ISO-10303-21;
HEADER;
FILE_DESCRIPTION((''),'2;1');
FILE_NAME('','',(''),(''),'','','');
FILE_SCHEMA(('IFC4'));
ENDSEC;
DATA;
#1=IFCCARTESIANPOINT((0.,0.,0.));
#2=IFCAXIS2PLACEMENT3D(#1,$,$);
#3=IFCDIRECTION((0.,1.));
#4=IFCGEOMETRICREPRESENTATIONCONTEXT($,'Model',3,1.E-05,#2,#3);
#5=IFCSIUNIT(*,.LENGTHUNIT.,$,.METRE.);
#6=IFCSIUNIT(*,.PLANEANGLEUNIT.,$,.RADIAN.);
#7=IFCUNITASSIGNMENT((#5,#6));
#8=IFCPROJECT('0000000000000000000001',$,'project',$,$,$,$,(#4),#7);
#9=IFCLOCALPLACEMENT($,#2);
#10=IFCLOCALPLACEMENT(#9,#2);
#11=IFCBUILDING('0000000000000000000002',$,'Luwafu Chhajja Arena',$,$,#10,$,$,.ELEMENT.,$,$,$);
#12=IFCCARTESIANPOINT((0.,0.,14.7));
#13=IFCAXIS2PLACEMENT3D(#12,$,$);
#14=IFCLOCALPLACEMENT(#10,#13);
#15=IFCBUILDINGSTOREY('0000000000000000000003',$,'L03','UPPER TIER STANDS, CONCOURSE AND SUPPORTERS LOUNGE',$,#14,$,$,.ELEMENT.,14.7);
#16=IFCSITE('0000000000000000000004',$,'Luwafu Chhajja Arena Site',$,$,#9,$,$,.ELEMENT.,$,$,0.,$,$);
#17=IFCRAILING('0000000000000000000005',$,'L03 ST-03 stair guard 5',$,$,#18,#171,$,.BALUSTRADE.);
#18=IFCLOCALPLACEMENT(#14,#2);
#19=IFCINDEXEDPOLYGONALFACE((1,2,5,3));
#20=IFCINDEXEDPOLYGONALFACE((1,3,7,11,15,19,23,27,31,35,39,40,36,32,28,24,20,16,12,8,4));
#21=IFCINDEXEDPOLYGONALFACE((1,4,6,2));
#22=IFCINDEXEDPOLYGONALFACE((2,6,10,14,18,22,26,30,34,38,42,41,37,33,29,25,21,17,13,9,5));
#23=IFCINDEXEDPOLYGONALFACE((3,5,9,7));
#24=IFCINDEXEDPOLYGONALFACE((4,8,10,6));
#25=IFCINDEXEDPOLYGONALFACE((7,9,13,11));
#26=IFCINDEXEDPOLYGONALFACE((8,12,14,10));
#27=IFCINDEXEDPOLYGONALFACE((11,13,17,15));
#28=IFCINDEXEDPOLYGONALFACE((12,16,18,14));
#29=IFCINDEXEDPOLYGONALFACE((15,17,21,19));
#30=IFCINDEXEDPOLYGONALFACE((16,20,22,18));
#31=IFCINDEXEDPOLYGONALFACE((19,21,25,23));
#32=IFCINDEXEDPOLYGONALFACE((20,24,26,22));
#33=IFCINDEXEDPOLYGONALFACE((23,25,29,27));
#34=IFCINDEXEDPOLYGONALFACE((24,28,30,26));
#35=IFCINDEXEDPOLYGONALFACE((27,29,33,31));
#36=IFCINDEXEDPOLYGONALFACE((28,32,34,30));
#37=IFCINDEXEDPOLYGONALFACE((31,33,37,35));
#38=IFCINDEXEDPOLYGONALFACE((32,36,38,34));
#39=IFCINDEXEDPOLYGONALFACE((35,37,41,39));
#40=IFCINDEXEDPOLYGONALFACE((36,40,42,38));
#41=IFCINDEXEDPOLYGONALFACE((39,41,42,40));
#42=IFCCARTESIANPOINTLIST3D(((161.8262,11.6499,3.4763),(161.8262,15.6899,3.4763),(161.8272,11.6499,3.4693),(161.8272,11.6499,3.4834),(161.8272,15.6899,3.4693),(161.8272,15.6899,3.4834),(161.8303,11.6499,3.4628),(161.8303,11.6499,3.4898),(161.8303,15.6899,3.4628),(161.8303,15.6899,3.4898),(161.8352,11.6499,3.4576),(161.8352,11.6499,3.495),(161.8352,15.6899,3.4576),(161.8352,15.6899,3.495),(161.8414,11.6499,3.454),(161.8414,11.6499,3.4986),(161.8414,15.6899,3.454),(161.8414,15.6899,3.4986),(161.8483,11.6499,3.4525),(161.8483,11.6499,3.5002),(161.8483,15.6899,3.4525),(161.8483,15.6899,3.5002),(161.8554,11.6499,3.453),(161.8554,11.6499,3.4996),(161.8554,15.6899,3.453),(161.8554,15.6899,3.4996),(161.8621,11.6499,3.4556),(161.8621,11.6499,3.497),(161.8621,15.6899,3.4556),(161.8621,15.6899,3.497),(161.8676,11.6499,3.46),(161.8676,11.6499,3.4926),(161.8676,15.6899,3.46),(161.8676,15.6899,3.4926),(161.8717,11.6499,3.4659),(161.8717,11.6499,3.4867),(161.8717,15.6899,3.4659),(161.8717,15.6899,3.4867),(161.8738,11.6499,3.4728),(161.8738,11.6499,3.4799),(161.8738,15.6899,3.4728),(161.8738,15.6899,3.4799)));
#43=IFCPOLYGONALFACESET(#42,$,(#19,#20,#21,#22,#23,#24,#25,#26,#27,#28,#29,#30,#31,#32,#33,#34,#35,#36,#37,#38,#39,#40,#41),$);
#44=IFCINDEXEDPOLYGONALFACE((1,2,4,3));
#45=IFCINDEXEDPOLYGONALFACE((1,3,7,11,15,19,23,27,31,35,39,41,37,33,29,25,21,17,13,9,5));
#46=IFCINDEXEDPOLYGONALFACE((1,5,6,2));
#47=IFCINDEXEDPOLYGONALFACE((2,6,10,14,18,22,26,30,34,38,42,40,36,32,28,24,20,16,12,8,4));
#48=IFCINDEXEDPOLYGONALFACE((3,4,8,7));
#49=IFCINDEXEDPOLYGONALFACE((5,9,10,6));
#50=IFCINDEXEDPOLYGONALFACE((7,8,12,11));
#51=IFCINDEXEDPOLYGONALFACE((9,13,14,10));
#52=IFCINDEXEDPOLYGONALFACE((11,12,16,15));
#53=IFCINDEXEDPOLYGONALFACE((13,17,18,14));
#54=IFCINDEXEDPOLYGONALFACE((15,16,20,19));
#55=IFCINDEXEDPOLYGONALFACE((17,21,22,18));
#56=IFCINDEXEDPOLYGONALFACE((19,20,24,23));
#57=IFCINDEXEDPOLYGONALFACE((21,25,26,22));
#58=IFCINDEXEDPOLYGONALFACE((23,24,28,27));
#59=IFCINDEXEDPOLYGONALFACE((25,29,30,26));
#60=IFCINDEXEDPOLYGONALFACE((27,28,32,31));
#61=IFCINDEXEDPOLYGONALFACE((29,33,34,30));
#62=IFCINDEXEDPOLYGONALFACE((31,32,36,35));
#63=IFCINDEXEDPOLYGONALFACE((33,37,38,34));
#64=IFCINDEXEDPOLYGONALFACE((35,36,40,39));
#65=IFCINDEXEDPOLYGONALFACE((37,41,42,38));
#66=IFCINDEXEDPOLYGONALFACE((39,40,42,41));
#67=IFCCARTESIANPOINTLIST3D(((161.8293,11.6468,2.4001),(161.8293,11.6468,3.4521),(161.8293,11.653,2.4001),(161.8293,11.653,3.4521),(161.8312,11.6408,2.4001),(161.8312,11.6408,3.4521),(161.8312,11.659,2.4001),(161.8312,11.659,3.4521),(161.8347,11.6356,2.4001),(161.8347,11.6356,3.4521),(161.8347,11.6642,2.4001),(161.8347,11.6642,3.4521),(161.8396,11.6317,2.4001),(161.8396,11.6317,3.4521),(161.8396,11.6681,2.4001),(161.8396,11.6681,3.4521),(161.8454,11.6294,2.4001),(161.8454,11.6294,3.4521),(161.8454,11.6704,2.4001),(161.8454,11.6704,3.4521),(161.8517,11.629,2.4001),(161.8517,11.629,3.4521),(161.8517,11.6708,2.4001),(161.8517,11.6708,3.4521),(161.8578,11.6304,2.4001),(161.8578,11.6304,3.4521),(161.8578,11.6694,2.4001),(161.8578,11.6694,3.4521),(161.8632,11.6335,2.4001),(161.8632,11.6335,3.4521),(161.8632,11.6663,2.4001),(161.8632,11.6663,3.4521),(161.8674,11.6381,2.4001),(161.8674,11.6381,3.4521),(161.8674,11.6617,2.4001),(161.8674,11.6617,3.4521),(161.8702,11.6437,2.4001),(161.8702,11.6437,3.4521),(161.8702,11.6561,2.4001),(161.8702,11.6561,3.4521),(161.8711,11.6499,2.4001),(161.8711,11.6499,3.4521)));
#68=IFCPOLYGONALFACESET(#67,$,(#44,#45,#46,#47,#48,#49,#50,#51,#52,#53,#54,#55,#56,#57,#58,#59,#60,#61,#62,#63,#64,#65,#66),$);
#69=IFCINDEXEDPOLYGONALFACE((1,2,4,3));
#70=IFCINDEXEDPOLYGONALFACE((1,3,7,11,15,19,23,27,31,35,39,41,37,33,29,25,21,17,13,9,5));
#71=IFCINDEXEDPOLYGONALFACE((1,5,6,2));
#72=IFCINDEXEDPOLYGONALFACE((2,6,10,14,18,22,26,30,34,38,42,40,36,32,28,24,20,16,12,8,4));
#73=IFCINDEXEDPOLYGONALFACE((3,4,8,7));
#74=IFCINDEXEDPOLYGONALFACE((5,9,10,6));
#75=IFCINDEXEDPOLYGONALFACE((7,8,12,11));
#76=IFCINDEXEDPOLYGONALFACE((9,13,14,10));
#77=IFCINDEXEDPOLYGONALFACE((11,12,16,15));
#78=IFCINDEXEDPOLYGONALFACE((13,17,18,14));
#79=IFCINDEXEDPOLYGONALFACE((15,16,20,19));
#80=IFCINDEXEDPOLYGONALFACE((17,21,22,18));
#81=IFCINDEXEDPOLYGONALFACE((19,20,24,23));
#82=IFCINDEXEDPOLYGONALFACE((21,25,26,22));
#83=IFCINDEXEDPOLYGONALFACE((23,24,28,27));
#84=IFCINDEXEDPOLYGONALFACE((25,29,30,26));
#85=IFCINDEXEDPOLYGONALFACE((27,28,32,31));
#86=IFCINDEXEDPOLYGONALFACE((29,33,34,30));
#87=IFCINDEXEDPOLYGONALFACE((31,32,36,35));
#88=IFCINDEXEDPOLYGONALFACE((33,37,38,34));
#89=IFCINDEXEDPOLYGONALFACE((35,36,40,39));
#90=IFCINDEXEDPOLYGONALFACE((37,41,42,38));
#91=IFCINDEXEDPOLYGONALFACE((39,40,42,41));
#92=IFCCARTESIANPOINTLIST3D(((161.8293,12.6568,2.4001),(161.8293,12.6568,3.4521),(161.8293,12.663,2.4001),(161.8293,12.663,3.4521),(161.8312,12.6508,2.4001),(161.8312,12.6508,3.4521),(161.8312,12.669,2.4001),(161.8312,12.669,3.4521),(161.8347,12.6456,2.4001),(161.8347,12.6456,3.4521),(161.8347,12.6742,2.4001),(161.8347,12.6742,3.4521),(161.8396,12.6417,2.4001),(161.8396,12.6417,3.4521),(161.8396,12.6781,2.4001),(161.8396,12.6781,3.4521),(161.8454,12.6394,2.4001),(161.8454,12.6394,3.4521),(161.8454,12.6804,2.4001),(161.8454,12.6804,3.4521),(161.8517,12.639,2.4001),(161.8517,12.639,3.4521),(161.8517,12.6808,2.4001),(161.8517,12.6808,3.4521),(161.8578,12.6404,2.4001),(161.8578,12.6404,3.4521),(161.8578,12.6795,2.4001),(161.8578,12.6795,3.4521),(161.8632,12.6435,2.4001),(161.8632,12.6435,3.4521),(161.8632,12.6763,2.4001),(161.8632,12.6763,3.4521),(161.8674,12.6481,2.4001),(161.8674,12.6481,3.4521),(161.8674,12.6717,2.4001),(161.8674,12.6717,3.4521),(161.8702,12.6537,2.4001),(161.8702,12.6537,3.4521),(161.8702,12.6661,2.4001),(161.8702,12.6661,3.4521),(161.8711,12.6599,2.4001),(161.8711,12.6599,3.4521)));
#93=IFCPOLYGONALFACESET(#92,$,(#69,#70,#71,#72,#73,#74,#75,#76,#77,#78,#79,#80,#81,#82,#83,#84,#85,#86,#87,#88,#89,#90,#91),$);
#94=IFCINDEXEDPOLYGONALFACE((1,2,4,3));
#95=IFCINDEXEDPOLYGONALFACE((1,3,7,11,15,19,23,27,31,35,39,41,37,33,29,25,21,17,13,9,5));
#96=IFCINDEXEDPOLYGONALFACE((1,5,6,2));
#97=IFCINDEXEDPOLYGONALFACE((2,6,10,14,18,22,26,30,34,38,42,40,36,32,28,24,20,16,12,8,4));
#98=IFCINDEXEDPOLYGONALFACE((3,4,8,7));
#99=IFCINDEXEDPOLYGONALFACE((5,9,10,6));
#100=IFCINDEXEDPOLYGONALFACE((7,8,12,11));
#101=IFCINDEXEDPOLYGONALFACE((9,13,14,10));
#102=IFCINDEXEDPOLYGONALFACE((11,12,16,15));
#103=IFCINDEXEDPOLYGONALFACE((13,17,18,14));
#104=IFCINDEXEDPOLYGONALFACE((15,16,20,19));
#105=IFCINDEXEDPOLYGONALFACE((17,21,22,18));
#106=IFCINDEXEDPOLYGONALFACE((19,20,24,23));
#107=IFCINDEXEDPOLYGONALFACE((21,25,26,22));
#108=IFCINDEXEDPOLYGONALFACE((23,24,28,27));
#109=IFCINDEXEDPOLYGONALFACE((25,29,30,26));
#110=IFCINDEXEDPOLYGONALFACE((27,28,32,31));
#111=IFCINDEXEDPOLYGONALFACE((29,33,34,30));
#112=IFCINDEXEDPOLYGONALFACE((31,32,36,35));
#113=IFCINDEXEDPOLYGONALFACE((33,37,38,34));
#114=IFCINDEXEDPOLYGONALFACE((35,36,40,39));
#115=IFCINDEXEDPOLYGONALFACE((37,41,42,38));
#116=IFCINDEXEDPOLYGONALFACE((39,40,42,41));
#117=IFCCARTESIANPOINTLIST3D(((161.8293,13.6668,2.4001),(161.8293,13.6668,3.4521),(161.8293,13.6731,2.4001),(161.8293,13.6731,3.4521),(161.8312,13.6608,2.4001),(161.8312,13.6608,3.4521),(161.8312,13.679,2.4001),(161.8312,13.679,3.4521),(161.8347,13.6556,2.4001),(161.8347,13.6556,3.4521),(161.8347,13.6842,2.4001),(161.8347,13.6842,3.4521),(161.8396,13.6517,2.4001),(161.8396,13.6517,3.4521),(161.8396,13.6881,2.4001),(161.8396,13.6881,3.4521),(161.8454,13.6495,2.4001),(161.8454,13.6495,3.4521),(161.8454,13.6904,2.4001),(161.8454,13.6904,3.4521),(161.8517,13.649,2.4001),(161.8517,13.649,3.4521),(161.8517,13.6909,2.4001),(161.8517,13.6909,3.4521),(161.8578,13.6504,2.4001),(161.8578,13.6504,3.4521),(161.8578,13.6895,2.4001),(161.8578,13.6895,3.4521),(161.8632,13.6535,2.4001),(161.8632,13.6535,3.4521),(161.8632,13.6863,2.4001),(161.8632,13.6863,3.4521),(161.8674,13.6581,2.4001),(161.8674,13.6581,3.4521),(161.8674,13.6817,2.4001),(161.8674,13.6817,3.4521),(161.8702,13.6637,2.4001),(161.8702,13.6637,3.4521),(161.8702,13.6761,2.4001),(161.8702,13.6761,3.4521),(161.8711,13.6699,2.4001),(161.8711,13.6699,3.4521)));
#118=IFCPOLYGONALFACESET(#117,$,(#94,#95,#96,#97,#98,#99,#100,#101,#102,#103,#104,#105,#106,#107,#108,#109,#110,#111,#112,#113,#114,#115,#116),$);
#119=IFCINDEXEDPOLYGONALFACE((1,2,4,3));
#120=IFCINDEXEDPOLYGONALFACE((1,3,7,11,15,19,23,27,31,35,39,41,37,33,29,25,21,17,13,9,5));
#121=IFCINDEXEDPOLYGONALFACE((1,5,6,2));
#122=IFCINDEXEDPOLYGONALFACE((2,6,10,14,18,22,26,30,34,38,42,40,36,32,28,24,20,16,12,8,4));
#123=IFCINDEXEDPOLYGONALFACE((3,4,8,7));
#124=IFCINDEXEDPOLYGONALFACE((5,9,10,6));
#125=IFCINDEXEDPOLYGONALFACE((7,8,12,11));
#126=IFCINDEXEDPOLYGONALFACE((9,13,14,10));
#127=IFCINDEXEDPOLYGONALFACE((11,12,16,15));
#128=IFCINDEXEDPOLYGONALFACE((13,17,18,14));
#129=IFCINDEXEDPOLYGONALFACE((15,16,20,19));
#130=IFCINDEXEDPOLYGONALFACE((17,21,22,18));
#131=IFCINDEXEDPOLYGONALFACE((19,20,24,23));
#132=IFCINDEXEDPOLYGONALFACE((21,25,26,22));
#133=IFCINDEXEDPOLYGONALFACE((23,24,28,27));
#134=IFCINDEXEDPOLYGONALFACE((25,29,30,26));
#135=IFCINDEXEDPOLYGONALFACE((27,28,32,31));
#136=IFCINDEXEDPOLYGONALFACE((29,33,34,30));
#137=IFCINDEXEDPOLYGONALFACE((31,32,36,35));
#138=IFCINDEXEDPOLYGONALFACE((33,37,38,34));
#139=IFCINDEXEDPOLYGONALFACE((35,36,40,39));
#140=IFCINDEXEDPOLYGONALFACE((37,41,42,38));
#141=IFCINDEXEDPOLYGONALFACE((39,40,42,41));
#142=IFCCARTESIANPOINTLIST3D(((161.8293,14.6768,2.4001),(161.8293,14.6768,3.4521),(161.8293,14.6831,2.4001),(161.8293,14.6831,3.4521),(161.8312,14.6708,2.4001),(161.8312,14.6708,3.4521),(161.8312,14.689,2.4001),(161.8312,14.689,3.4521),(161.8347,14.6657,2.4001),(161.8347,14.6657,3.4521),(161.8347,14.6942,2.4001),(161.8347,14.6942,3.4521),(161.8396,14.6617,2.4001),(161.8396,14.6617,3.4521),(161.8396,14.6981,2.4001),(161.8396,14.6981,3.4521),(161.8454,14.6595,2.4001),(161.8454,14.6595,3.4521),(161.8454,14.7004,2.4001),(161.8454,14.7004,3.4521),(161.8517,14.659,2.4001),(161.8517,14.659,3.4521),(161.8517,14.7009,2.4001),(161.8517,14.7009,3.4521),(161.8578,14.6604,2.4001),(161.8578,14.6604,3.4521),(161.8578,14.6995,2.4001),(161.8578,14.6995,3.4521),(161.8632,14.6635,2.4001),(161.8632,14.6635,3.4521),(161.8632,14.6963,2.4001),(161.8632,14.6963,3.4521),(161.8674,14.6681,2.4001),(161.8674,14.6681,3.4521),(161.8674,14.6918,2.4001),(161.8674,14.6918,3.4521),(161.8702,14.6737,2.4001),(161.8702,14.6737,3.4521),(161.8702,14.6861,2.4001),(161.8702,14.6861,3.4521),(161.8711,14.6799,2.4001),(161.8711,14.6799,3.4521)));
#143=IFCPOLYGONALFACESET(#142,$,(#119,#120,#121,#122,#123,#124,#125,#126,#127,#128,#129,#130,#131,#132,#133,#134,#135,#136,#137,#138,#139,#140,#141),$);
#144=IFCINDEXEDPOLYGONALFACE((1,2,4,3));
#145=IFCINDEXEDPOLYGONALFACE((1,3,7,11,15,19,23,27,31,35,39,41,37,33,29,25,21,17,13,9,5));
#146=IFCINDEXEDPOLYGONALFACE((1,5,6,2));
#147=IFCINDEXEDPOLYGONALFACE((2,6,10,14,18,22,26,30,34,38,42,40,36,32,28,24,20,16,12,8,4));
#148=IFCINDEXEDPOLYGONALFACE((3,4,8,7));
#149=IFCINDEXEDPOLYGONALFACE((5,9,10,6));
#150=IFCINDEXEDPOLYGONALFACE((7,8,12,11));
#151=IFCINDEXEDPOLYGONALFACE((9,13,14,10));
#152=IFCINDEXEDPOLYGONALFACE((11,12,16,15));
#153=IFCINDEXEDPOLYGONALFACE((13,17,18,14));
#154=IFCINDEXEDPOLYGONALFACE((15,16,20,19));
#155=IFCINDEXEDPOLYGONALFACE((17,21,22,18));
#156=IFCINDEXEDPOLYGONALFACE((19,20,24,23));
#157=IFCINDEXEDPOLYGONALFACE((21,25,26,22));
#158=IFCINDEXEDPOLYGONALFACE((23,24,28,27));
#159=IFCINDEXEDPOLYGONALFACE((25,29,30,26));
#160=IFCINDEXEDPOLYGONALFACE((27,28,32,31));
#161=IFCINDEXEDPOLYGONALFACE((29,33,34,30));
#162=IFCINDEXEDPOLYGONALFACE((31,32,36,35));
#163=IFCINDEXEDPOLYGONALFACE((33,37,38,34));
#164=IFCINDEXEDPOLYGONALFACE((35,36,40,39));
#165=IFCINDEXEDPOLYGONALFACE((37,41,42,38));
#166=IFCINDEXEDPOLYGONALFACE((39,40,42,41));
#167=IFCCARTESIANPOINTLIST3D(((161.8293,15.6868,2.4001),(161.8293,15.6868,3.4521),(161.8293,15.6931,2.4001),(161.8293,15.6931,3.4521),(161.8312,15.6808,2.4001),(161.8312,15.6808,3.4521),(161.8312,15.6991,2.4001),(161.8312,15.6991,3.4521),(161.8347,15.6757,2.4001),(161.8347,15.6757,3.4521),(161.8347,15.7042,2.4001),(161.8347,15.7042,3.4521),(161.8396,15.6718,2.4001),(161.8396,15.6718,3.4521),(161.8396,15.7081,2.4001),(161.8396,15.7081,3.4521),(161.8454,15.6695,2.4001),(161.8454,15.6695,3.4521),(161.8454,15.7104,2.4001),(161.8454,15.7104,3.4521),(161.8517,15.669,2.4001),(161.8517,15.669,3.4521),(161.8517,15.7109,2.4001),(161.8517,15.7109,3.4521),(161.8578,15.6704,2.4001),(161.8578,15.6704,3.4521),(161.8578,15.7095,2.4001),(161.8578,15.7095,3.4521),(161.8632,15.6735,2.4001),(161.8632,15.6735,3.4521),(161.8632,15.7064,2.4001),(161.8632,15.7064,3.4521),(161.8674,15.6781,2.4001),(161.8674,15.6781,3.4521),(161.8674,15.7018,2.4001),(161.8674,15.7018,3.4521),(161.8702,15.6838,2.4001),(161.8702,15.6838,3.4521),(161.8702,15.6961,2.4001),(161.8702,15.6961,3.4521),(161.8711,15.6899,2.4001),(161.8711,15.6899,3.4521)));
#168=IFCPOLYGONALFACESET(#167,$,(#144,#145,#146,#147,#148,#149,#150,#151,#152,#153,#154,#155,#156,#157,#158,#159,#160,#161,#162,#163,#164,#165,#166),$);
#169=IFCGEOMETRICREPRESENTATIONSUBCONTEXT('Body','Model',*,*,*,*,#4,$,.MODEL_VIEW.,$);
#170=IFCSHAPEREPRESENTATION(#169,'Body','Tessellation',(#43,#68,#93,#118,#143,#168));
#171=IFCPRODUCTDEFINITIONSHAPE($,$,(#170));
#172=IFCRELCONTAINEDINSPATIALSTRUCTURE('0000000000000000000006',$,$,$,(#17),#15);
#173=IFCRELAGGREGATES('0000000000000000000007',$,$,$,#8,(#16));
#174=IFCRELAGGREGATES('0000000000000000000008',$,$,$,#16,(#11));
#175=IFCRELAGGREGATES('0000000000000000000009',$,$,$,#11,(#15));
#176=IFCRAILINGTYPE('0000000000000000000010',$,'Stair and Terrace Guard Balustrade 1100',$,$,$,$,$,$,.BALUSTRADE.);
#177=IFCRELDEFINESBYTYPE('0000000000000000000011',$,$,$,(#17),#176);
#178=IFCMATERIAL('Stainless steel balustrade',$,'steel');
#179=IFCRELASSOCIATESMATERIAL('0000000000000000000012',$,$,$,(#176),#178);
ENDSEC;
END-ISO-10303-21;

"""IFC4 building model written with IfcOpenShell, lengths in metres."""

from ifc_helpers import new_model, si_unit, direction, frame, origin, origin_2d, place, context, subcontext, project, spatial, circle, extrude, material, type_object, element, save


model = new_model("IFC4")

# Units and contexts
model_context = context("Model", 3, precision=1e-05, world=origin(), true_north=direction((0.0, 1.0)))
body_context = subcontext(model_context, "Body", "Model", "MODEL_VIEW")
ifc_project = project(units=[si_unit("LENGTHUNIT", "METRE"), si_unit("PLANEANGLEUNIT", "RADIAN")], contexts=[model_context])

# Site, building, storey
site_placement = place(None, origin())
site = spatial("IfcSite", under=ifc_project, at=site_placement, Name="Luwafu Chhajja Arena Site", CompositionType="ELEMENT", RefElevation=0.0)
building_placement = place(site_placement, origin())
building = spatial("IfcBuilding", under=site, at=building_placement, Name="Luwafu Chhajja Arena", CompositionType="ELEMENT")
storey_placement = place(building_placement, frame((0.0, 0.0, 14.7)))
storey = spatial("IfcBuildingStorey", under=building, at=storey_placement, Name="L03", Description="UPPER TIER STANDS, CONCOURSE AND SUPPORTERS LOUNGE", CompositionType="ELEMENT", Elevation=14.7)

# Railing
ifc_material_1 = material(Name="Stainless steel balustrade", Category="steel")
railing_type_1 = type_object("IfcRailingType", Name="Stair and Terrace Guard Balustrade 1100", PredefinedType="BALUSTRADE", material=ifc_material_1)
railing_1_placement = place(storey_placement, frame((161.8501, 11.6499, 2.4001)))
element("IfcRailing", 1, at=railing_1_placement, inside=storey, type_object=railing_type_1, Name="L03 ST-03 stair guard 5", PredefinedType="BALUSTRADE", context=body_context, shape_type="SweptSolid", body=[
    extrude(circle(Radius=0.0239, at=origin_2d()), frame((0.0, 0.0, 1.0762), z_axis=(0.0, 1.0, 0.0), x_axis=(-1.0, 0.0, 0.0)), (0.0, 0.0, 1.0), 4.04),
    extrude(circle(Radius=0.021, at=origin_2d()), origin(), (0.0, 0.0, 1.0), 1.052),
    extrude(circle(Radius=0.021, at=origin_2d()), frame((0.0, 1.01, 0.0)), (0.0, 0.0, 1.0), 1.052),
    extrude(circle(Radius=0.021, at=origin_2d()), frame((0.0, 2.02, 0.0)), (0.0, 0.0, 1.0), 1.052),
    extrude(circle(Radius=0.021, at=origin_2d()), frame((0.0, 3.03, 0.0)), (0.0, 0.0, 1.0), 1.052),
    extrude(circle(Radius=0.021, at=origin_2d()), frame((0.0, 4.04, 0.0)), (0.0, 0.0, 1.0), 1.052),
])

save(model, "model.ifc")
